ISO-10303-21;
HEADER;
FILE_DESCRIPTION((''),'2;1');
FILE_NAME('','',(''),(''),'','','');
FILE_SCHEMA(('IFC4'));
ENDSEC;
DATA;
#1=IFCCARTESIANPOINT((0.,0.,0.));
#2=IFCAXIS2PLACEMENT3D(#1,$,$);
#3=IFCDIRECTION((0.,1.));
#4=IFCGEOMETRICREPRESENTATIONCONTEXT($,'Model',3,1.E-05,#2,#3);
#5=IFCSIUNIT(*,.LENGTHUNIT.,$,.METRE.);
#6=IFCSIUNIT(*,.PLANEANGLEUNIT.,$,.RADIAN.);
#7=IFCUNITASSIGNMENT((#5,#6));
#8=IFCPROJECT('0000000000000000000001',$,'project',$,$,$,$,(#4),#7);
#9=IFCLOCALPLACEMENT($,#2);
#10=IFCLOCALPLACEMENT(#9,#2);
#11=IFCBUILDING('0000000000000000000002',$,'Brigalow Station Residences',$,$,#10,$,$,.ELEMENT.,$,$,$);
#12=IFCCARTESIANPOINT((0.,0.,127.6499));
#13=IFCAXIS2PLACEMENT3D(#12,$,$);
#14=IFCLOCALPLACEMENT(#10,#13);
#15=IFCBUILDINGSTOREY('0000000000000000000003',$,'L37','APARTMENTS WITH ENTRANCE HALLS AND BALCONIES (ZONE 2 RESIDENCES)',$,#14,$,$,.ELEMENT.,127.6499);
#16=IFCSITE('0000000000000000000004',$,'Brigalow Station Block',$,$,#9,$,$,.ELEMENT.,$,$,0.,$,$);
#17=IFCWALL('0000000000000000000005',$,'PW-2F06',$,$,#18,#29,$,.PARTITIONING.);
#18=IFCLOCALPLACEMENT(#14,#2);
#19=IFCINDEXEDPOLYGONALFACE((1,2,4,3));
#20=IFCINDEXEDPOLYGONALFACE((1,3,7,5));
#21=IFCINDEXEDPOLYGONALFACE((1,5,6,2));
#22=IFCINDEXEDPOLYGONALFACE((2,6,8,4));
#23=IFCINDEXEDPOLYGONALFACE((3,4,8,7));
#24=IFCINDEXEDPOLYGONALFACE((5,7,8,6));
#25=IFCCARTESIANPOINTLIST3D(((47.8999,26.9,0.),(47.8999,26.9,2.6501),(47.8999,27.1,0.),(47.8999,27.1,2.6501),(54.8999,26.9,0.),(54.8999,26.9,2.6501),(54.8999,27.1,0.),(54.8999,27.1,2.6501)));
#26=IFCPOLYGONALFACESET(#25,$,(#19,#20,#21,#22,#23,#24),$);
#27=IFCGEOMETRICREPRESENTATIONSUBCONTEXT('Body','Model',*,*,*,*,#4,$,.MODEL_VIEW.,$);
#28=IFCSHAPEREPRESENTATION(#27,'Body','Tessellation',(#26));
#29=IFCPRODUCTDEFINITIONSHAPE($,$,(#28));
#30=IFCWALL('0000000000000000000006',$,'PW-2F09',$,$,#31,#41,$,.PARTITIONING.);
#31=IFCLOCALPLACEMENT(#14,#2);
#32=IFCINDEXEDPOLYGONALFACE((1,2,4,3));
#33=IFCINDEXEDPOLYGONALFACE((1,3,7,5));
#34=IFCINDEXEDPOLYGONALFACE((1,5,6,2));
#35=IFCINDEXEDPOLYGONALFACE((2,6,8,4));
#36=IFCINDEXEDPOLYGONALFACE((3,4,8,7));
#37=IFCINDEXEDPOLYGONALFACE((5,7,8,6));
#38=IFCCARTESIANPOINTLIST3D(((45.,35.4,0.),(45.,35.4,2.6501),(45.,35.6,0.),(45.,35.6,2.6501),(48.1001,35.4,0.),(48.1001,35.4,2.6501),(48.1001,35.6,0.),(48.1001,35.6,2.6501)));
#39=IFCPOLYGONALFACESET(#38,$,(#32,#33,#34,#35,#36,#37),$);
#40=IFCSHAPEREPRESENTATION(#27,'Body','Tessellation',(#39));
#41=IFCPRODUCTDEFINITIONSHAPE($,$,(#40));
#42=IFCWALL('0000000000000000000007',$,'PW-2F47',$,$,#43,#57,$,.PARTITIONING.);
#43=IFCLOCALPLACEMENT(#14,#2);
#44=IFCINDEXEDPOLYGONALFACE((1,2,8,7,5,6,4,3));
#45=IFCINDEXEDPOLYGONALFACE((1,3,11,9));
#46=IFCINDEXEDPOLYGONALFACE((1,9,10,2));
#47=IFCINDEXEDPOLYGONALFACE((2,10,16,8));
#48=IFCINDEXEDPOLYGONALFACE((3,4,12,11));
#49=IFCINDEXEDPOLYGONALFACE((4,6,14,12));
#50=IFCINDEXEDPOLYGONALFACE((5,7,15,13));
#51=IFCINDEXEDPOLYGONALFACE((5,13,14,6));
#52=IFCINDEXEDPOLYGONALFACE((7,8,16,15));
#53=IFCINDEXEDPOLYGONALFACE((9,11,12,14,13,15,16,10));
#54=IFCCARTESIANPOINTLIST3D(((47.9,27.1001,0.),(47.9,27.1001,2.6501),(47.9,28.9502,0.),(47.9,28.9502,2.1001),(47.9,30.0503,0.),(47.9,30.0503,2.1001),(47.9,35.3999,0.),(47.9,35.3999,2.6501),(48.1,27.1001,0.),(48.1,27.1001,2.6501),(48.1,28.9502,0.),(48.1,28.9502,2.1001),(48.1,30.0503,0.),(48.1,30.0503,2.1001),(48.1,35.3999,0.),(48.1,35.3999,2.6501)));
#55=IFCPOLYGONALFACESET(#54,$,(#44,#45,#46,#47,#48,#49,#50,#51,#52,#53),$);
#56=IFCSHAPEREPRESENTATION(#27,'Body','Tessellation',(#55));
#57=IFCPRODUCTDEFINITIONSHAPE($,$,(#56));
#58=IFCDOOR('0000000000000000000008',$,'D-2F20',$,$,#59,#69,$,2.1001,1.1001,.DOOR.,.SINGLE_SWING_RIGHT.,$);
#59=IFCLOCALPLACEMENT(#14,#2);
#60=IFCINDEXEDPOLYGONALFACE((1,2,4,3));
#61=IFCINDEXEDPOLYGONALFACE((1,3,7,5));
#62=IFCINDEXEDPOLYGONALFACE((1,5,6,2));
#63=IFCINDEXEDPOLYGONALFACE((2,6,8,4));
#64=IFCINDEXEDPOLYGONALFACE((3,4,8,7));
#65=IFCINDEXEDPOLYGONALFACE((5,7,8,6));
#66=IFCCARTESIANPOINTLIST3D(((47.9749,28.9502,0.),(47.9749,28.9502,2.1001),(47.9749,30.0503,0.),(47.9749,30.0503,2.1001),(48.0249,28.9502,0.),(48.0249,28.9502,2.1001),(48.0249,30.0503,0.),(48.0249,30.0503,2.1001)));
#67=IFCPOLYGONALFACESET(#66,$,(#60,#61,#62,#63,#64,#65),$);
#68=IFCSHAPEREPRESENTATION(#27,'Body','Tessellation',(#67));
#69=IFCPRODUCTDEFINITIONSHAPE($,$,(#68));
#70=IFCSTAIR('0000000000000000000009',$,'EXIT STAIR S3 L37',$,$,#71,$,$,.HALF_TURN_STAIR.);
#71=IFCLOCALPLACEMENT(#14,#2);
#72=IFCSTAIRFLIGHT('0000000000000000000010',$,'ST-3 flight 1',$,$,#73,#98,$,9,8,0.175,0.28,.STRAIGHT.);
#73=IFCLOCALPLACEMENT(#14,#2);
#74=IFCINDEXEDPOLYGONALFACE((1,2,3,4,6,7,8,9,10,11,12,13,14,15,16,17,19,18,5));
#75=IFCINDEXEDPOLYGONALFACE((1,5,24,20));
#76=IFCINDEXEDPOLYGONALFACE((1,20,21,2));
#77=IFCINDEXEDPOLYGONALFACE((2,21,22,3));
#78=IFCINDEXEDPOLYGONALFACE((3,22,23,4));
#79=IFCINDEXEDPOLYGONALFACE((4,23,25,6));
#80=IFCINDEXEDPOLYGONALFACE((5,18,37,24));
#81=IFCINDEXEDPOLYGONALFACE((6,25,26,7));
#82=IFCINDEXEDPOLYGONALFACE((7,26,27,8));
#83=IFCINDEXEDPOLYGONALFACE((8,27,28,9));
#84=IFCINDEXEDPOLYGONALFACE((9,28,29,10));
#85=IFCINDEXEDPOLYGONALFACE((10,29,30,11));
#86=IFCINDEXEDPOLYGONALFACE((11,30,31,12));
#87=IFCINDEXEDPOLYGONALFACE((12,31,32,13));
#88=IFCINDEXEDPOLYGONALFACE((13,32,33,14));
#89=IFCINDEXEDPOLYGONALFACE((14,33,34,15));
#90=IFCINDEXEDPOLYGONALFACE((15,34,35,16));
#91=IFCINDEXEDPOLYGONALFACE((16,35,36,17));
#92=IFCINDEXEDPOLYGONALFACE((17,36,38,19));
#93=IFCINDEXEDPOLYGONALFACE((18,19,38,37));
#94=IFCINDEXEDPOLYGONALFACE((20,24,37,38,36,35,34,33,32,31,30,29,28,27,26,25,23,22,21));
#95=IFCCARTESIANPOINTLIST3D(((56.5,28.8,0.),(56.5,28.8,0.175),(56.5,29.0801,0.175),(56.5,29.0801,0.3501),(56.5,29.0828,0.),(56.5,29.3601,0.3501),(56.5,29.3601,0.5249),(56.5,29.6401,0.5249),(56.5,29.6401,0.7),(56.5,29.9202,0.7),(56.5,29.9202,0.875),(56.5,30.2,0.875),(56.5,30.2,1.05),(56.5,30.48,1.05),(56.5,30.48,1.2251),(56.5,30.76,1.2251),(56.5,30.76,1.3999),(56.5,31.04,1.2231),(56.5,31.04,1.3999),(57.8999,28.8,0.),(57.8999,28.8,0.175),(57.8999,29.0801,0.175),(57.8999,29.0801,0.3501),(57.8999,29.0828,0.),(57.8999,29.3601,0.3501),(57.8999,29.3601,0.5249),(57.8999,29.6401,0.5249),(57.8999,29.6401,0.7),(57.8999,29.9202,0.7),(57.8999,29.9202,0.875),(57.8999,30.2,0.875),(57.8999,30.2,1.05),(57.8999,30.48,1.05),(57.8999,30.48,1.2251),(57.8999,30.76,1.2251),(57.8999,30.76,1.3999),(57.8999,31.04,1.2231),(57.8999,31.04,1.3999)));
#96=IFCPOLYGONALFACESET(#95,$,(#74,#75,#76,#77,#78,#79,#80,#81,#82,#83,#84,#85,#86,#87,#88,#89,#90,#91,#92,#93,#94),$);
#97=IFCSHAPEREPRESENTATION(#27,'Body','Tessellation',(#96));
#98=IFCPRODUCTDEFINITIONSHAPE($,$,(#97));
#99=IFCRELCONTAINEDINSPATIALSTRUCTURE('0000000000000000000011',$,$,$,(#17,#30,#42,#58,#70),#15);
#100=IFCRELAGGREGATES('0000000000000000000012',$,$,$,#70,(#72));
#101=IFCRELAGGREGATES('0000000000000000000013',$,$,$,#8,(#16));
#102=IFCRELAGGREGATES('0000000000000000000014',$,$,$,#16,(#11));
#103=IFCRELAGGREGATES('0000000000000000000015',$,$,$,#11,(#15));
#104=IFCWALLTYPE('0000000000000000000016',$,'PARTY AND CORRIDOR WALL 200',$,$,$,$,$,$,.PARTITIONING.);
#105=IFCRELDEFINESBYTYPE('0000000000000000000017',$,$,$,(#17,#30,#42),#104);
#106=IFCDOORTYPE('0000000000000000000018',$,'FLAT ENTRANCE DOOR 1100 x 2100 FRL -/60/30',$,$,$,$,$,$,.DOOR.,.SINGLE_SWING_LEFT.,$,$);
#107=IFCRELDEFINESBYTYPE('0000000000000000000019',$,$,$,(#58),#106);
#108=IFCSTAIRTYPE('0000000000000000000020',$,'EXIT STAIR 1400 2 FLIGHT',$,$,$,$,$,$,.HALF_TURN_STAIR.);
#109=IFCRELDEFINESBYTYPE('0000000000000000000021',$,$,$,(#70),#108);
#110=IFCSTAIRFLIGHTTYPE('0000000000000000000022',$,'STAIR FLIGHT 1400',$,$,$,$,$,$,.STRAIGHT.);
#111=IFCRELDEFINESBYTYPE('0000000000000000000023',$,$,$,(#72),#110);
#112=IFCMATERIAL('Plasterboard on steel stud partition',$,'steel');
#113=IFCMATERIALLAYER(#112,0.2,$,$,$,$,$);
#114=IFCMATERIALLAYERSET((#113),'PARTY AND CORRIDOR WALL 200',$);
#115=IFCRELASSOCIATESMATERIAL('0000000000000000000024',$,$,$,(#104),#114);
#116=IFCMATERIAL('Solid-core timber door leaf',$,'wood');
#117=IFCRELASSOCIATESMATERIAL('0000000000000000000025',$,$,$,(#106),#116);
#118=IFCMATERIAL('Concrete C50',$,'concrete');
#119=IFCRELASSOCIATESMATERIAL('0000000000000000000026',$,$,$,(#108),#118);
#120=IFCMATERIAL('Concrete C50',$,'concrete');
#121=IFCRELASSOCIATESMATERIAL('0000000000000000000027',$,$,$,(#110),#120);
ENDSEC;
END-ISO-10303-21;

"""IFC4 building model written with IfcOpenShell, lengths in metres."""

from ifc_helpers import new_model, si_unit, direction, frame, frame_2d, origin, place, context, subcontext, project, spatial, polyline, rectangle, outline, extrude, material, layer, layer_set, type_object, element, fill, aggregate, save


model = new_model("IFC4")

# Units and contexts
model_context = context("Model", 3, precision=1e-05, world=origin(), true_north=direction((0.0, 1.0)))
body_context = subcontext(model_context, "Body", "Model", "MODEL_VIEW")
ifc_project = project(units=[si_unit("LENGTHUNIT", "METRE"), si_unit("PLANEANGLEUNIT", "RADIAN")], contexts=[model_context])

# Site, building, storey
site_placement = place(None, origin())
site = spatial("IfcSite", under=ifc_project, at=site_placement, Name="Brigalow Station Block", CompositionType="ELEMENT", RefElevation=0.0)
building_placement = place(site_placement, origin())
building = spatial("IfcBuilding", under=site, at=building_placement, Name="Brigalow Station Residences", CompositionType="ELEMENT")
storey_placement = place(building_placement, frame((0.0, 0.0, 127.6499)))
storey = spatial("IfcBuildingStorey", under=building, at=storey_placement, Name="L37", Description="APARTMENTS WITH ENTRANCE HALLS AND BALCONIES (ZONE 2 RESIDENCES)", CompositionType="ELEMENT", Elevation=127.6499)

# Walls
ifc_material_1 = material(Name="Plasterboard on steel stud partition", Category="steel")
ifc_layer_1 = layer(ifc_material_1, 0.2)
ifc_layer_set_1 = layer_set([ifc_layer_1], Name="PARTY AND CORRIDOR WALL 200")
wall_type_1 = type_object("IfcWallType", Name="PARTY AND CORRIDOR WALL 200", PredefinedType="PARTITIONING", material=ifc_layer_set_1)
wall_1_placement = place(storey_placement, frame((47.8999, 27.0, 0.0), z_axis=(0.0, 0.0, 1.0), x_axis=(1.0, 0.0, 0.0)))
element("IfcWall", 1, at=wall_1_placement, inside=storey, type_object=wall_type_1, Name="PW-2F06", PredefinedType="PARTITIONING", context=body_context, shape_type="SweptSolid", body=[
    extrude(rectangle(XDim=7.0, YDim=0.2, at=frame_2d((3.5, 0.0))), origin(), (0.0, 0.0, 1.0), 2.6501),
])
wall_2_placement = place(storey_placement, frame((45.0, 35.5, 0.0), z_axis=(0.0, 0.0, 1.0), x_axis=(1.0, 0.0, 0.0)))
element("IfcWall", 2, at=wall_2_placement, inside=storey, type_object=wall_type_1, Name="PW-2F09", PredefinedType="PARTITIONING", context=body_context, shape_type="SweptSolid", body=[
    extrude(rectangle(XDim=3.1001, YDim=0.2, at=frame_2d((1.55, 0.0))), origin(), (0.0, 0.0, 1.0), 2.6501),
])

# Wall, opening, door
wall_3_placement = place(storey_placement, frame((48.0, 27.1001, 0.0), z_axis=(0.0, 0.0, 1.0), x_axis=(0.0, 1.0, 0.0)))
wall_3 = element("IfcWall", 3, at=wall_3_placement, inside=storey, type_object=wall_type_1, Name="PW-2F47", PredefinedType="PARTITIONING", context=body_context, shape_type="SweptSolid", body=[
    extrude(rectangle(XDim=8.2998, YDim=0.2, at=frame_2d((4.1499, 0.0))), origin(), (0.0, 0.0, 1.0), 2.6501),
])
opening_1_placement = place(wall_3_placement, frame((1.8501, 0.0, 0.0)))
opening_1 = element("IfcOpeningElement", 4, at=opening_1_placement, cuts=wall_3, PredefinedType="OPENING", context=body_context, shape_type="SweptSolid", body=[
    extrude(rectangle(XDim=1.1001, YDim=2.1001, at=frame_2d((0.55, 1.05))), frame((0.0, 0.1099, 0.0), z_axis=(0.0, -1.0, 0.0), x_axis=(1.0, 0.0, 0.0)), (0.0, 0.0, 1.0), 0.22),
])
ifc_material_2 = material(Name="Solid-core timber door leaf", Category="wood")
door_type_1 = type_object("IfcDoorType", Name="FLAT ENTRANCE DOOR 1100 x 2100 FRL -/60/30", OperationType="SINGLE_SWING_LEFT", PredefinedType="DOOR", material=ifc_material_2)
door_1_placement = place(opening_1_placement, frame((1.1001, 0.0, 0.0), z_axis=(0.0, 0.0, 1.0), x_axis=(-1.0, 0.0, 0.0)))
door_1 = element("IfcDoor", 5, at=door_1_placement, inside=storey, type_object=door_type_1, Name="D-2F20", OperationType="SINGLE_SWING_RIGHT", OverallHeight=2.1001, OverallWidth=1.1001, PredefinedType="DOOR", context=body_context, shape_type="SweptSolid", body=[
    extrude(rectangle(XDim=1.1001, YDim=2.1001, at=frame_2d((0.55, 1.05))), frame((0.0, 0.0249, 0.0), z_axis=(0.0, -1.0, 0.0), x_axis=(1.0, 0.0, 0.0)), (0.0, 0.0, 1.0), 0.05),
])
fill(opening_1, door_1)

# Stair, stair flight
ifc_material_3 = material(Name="Concrete C50", Category="concrete")
stair_type = type_object("IfcStairType", Name="EXIT STAIR 1400 2 FLIGHT", PredefinedType="HALF_TURN_STAIR", material=ifc_material_3)
stair_placement = place(storey_placement, origin())
stair = element("IfcStair", 6, at=stair_placement, inside=storey, type_object=stair_type, Name="EXIT STAIR S3 L37", PredefinedType="HALF_TURN_STAIR")
ifc_material_4 = material(Name="Concrete C50", Category="concrete")
stair_flight_type = type_object("IfcStairFlightType", Name="STAIR FLIGHT 1400", PredefinedType="STRAIGHT", material=ifc_material_4)
stair_flight_placement = place(storey_placement, frame((57.2, 28.8, 0.0), z_axis=(0.0, 0.0, 1.0), x_axis=(0.0, 1.0, 0.0)))
stair_flight = element("IfcStairFlight", 7, at=stair_flight_placement, type_object=stair_flight_type, Name="ST-3 flight 1", NumberOfRisers=9, NumberOfTreads=8, PredefinedType="STRAIGHT", RiserHeight=0.175, TreadLength=0.28, context=body_context, shape_type="SweptSolid", body=[
    extrude(outline(polyline([(0.0, 0.0), (0.0, 0.175), (0.28, 0.175), (0.28, 0.3501), (0.5601, 0.3501), (0.5601, 0.5249), (0.8401, 0.5249), (0.8401, 0.7), (1.1201, 0.7), (1.1201, 0.875), (1.3999, 0.875), (1.3999, 1.05), (1.6799, 1.05), (1.6799, 1.2251), (1.96, 1.2251), (1.96, 1.3999), (2.24, 1.3999), (2.24, 1.575), (2.24, 1.2231), (0.2827, 0.0), (0.0, 0.0)])), frame((0.0, 0.7, 0.0), z_axis=(0.0, -1.0, 0.0), x_axis=(1.0, 0.0, 0.0)), (0.0, 0.0, 1.0), 1.3999),
])
aggregate(stair, [stair_flight])

save(model, "model.ifc")
